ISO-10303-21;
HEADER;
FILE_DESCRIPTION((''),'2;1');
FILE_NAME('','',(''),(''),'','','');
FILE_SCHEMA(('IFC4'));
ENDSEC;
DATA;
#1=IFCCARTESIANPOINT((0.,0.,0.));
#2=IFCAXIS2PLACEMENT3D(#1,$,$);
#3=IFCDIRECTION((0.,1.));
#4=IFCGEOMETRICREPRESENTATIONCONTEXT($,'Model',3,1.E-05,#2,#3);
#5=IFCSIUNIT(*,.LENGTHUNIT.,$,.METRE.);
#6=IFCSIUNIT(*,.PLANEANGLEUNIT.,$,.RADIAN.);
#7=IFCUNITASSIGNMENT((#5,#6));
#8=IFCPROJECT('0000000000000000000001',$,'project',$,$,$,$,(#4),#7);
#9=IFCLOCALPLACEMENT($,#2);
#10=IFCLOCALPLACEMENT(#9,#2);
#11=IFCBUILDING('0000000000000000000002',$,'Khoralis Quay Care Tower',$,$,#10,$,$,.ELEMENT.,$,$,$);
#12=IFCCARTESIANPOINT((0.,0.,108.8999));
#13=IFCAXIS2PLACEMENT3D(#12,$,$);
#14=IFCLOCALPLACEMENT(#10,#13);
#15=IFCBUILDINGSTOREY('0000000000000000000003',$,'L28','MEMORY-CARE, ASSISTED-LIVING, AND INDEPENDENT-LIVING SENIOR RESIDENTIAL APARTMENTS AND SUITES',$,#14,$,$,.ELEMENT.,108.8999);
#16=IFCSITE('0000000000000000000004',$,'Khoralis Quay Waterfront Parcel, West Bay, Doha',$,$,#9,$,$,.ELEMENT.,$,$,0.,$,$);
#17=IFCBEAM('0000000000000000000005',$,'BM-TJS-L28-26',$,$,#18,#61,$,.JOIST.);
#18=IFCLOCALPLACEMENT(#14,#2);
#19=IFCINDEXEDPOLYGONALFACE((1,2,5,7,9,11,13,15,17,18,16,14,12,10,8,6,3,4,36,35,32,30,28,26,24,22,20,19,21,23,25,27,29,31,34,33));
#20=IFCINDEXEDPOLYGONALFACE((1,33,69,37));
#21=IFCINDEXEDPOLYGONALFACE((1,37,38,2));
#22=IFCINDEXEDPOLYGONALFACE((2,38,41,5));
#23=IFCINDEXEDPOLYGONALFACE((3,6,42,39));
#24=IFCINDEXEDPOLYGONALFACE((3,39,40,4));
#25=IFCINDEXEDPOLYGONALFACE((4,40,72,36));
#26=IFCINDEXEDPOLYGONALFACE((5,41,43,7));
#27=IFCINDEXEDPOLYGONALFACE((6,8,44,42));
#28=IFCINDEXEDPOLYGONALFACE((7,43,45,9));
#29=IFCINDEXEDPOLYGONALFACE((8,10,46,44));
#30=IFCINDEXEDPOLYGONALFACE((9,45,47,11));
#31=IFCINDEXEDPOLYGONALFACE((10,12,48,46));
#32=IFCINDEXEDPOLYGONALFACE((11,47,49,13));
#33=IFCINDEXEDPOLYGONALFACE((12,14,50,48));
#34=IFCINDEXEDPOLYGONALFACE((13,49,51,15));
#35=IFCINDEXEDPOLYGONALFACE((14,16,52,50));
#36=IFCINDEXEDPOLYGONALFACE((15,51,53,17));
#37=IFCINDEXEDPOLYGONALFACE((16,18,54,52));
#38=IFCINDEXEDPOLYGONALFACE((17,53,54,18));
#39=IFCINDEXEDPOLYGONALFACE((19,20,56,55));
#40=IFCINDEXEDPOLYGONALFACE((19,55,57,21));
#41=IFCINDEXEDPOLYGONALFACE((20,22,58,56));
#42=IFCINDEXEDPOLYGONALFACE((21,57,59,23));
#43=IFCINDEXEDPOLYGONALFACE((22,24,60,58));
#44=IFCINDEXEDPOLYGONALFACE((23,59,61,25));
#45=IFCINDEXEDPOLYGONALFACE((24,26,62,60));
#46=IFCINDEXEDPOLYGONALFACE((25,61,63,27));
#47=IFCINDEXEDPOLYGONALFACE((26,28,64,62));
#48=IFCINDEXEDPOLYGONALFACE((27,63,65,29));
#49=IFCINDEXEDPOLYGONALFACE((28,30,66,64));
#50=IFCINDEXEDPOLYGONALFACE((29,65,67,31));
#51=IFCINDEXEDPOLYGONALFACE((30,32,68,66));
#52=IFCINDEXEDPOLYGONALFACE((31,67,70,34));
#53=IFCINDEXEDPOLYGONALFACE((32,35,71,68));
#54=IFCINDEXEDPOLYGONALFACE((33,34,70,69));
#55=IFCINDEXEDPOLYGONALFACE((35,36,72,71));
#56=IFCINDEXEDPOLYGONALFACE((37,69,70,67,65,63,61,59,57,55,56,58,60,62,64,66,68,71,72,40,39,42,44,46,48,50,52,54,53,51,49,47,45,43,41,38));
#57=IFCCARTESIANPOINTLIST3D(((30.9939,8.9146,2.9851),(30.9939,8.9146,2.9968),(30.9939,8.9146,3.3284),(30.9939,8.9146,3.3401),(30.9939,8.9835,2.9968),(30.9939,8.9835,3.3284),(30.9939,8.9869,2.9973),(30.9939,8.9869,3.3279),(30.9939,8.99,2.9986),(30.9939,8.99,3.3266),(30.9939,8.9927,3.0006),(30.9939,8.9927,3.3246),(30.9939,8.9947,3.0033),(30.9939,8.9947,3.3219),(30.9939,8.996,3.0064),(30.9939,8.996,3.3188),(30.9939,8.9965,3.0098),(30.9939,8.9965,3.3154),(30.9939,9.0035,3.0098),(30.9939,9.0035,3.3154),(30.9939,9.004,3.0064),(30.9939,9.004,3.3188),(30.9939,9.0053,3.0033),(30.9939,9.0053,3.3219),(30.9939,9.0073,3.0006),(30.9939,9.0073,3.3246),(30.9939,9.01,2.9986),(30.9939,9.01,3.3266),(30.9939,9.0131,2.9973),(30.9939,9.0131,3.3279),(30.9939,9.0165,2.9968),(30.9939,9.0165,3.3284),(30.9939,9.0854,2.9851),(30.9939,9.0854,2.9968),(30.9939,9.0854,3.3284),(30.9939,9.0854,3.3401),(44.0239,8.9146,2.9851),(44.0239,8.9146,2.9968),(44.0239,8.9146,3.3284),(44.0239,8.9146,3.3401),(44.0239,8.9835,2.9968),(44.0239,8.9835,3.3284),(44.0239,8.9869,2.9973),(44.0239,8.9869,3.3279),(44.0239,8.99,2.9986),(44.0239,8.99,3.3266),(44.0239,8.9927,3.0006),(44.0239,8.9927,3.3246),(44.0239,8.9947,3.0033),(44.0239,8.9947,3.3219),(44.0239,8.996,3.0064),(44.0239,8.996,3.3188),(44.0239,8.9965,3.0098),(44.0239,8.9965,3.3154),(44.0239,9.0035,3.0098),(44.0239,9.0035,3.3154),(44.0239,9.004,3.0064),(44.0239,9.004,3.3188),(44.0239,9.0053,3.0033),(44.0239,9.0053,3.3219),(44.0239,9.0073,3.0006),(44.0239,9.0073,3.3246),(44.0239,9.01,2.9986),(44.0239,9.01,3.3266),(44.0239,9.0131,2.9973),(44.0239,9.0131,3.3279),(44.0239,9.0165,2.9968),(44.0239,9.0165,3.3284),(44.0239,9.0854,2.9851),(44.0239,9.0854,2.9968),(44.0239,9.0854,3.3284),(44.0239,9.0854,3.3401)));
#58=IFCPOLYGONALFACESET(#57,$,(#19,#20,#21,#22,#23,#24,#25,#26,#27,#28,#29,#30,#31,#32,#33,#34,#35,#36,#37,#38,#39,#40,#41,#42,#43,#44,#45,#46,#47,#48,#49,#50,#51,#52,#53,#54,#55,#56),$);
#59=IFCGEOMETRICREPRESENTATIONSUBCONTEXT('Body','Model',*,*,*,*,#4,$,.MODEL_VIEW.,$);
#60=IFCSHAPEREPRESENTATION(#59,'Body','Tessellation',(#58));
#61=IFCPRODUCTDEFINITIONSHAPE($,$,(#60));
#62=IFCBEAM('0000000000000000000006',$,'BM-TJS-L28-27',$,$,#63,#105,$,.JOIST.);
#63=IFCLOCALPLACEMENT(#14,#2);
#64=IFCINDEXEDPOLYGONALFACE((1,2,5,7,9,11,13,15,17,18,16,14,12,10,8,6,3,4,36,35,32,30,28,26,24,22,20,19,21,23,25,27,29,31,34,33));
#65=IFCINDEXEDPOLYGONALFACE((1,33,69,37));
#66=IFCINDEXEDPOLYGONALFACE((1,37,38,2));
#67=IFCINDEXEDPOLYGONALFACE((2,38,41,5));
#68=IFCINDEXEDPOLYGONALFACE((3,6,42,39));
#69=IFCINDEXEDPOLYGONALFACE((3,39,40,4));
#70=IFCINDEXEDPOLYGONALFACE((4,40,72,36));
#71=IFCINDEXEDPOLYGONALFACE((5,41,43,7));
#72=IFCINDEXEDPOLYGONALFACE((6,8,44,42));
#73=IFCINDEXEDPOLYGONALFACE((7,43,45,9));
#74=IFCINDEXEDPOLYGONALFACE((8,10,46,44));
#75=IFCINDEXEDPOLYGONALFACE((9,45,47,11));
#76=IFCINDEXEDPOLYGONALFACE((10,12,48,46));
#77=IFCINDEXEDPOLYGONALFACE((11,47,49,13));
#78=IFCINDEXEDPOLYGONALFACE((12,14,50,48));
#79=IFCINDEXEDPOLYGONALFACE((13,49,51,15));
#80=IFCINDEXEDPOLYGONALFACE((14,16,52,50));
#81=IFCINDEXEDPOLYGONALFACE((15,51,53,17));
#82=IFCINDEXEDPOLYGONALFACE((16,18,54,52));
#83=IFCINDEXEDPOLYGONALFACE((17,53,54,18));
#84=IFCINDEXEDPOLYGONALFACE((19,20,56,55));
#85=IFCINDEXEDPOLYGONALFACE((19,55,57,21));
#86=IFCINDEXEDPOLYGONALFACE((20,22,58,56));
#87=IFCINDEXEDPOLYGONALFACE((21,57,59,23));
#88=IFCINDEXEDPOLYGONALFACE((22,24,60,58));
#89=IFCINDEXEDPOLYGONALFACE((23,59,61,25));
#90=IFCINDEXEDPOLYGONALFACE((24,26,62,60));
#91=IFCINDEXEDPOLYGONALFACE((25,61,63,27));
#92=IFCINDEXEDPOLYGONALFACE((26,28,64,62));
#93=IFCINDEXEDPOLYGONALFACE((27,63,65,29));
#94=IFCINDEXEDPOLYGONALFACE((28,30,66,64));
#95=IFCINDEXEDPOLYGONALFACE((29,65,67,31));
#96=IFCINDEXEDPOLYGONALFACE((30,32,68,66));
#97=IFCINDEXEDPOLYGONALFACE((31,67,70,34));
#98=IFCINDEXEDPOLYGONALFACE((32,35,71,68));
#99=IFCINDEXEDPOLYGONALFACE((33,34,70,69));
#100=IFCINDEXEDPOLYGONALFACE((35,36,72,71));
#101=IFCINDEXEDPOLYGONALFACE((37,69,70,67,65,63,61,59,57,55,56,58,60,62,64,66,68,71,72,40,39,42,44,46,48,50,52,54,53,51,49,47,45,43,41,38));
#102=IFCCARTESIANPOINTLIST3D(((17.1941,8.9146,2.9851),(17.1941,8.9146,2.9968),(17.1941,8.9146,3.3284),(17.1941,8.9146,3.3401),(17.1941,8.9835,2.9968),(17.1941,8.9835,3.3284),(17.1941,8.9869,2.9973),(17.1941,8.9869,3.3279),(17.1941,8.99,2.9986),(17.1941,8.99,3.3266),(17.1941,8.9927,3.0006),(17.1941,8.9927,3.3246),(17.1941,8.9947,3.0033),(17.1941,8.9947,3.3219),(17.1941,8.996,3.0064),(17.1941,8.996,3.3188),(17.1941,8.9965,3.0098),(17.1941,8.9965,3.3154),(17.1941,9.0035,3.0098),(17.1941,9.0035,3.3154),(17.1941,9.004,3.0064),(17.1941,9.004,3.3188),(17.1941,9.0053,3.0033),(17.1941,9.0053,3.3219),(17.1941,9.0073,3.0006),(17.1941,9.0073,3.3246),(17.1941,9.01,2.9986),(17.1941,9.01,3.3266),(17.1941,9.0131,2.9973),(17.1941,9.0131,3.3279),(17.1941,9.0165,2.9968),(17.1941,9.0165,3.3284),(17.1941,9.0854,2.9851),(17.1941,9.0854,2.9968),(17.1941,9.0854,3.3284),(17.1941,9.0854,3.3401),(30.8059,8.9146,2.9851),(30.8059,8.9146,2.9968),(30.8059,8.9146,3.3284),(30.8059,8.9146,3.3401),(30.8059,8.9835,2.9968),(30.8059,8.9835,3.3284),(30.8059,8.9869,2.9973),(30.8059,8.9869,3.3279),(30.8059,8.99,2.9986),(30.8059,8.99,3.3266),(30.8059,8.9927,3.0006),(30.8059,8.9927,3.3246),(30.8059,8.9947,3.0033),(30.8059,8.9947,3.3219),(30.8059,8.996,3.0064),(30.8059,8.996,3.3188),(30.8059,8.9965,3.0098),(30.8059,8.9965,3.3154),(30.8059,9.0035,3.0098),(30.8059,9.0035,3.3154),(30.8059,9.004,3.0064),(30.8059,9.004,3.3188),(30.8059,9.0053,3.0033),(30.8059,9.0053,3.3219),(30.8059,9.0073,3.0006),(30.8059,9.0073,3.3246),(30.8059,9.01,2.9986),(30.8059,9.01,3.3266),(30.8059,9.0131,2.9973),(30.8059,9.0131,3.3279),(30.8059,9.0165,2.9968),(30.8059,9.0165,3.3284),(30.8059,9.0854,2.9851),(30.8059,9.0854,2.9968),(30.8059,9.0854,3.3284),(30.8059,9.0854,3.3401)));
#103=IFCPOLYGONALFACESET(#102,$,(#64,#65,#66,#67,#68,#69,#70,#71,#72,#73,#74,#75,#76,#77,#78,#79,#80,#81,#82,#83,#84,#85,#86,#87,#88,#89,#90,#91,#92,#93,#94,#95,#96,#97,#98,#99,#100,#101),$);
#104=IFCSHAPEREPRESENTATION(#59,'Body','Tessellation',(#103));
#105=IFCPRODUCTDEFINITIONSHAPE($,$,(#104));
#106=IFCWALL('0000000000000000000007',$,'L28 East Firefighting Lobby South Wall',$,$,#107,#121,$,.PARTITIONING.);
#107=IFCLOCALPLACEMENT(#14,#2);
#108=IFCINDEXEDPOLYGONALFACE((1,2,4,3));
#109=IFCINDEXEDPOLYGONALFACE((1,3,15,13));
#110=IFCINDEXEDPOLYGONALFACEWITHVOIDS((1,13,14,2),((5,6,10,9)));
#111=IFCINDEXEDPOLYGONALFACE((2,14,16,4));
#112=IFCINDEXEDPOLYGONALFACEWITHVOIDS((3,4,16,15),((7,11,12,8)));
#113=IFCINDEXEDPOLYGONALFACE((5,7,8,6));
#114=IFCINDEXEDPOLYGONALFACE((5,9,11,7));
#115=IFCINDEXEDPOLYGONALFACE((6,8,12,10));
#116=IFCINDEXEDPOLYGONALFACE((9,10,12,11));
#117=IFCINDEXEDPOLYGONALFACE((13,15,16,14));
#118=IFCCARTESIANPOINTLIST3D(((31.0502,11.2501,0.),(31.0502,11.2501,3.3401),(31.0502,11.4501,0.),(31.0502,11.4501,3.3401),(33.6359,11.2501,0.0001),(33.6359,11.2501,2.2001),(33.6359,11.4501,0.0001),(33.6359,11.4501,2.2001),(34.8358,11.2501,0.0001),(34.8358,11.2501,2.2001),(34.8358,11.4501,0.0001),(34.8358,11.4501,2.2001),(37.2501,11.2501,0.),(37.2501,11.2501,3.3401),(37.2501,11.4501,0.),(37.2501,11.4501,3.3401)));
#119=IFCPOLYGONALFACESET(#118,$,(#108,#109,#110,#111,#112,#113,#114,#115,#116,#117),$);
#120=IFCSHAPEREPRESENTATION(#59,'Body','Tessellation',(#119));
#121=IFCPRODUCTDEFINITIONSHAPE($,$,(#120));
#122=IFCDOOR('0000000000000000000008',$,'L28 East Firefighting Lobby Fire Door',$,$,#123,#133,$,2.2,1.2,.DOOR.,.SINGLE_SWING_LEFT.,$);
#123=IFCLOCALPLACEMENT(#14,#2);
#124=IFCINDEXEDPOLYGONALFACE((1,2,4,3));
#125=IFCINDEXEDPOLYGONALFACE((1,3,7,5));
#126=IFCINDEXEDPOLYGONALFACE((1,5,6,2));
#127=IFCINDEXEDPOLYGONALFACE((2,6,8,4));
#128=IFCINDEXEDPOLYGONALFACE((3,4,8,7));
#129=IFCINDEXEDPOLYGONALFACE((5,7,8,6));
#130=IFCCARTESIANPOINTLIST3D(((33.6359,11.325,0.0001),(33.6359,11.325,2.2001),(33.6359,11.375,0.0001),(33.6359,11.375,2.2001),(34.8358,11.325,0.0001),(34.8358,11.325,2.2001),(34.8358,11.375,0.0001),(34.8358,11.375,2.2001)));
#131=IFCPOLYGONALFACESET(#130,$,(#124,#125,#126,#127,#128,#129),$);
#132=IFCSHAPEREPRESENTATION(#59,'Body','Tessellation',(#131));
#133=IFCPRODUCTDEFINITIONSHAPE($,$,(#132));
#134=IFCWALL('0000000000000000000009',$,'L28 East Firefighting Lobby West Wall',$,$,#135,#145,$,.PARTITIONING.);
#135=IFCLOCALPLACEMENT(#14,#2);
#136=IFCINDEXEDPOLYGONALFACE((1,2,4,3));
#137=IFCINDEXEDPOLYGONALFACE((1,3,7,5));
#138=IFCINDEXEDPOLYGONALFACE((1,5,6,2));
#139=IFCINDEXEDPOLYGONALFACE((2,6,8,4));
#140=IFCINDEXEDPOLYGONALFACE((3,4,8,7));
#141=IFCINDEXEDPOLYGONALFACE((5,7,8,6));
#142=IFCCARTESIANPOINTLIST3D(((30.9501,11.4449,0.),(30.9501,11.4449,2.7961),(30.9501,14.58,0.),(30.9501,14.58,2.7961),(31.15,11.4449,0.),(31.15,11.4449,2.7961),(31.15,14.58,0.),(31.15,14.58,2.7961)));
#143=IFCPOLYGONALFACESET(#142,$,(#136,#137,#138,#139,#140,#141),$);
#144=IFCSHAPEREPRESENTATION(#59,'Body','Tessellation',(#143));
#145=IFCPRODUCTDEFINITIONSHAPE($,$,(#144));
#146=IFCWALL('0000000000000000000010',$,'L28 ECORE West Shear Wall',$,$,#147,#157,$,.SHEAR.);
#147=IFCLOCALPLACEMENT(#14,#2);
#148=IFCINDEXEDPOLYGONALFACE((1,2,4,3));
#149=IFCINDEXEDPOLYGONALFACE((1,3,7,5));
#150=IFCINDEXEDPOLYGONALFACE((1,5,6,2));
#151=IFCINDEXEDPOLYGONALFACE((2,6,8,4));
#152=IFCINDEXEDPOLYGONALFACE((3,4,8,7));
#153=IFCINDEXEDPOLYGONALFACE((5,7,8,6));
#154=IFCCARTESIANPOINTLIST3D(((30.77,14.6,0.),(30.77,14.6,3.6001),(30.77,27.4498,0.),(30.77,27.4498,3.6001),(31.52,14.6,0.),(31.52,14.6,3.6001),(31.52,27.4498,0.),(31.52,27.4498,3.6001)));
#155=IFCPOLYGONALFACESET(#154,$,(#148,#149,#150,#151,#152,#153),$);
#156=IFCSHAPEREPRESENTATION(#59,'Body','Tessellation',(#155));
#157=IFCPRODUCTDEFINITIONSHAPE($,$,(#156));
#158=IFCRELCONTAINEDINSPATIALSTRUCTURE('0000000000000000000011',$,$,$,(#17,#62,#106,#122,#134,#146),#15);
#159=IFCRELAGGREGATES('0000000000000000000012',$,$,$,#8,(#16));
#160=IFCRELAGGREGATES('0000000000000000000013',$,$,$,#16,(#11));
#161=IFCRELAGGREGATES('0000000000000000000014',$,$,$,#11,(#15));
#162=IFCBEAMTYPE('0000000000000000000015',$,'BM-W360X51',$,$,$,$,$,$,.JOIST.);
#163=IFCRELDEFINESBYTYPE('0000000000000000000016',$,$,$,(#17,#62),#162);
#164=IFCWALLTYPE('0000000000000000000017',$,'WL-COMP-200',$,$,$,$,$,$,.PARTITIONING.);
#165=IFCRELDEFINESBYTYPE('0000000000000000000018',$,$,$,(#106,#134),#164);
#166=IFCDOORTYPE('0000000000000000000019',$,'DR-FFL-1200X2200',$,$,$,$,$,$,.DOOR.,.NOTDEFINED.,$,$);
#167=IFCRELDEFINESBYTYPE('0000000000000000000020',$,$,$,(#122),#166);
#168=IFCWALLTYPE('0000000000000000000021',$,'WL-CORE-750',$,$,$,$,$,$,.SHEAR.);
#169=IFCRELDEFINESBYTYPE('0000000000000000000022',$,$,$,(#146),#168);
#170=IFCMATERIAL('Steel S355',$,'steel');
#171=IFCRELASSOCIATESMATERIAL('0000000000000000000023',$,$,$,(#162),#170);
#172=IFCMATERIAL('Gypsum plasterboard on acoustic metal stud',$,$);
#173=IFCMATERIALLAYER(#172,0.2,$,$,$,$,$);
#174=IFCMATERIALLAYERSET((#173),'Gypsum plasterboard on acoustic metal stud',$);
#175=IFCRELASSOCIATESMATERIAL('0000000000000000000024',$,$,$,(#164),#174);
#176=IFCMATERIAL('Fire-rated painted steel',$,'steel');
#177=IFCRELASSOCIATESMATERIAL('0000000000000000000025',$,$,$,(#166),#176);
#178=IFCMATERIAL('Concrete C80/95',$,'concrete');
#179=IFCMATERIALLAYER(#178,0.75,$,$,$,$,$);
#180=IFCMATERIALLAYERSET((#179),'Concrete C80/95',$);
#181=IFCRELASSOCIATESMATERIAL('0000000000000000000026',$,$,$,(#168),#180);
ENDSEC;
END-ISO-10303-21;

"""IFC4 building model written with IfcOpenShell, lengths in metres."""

from ifc_helpers import new_model, si_unit, direction, frame, frame_2d, origin, origin_2d, place, context, subcontext, project, spatial, rectangle, i_section, extrude, source, transform, mapped, material, layer, layer_set, material_profile, profile_set, type_object, element, fill, save


model = new_model("IFC4")

# Units and contexts
model_context = context("Model", 3, precision=1e-05, world=origin(), true_north=direction((0.0, 1.0)))
body_context = subcontext(model_context, "Body", "Model", "MODEL_VIEW")
ifc_project = project(units=[si_unit("LENGTHUNIT", "METRE"), si_unit("PLANEANGLEUNIT", "RADIAN")], contexts=[model_context])

# Site, building, storey
site_placement = place(None, origin())
site = spatial("IfcSite", under=ifc_project, at=site_placement, Name="Khoralis Quay Waterfront Parcel, West Bay, Doha", CompositionType="ELEMENT", RefElevation=0.0)
building_placement = place(site_placement, origin())
building = spatial("IfcBuilding", under=site, at=building_placement, Name="Khoralis Quay Care Tower", CompositionType="ELEMENT")
storey_placement = place(building_placement, frame((0.0, 0.0, 108.8999)))
storey = spatial("IfcBuildingStorey", under=building, at=storey_placement, Name="L28", Description="MEMORY-CARE, ASSISTED-LIVING, AND INDEPENDENT-LIVING SENIOR RESIDENTIAL APARTMENTS AND SUITES", CompositionType="ELEMENT", Elevation=108.8999)

# Beams
ifc_material_1 = material(Name="Steel S355", Category="steel")
ifc_material_profile_1 = material_profile(ifc_material_1, i_section(OverallWidth=0.1709, OverallDepth=0.355, WebThickness=0.0071, FlangeThickness=0.0117, FilletRadius=0.0129, at=origin_2d()), Name="Steel S355")
ifc_profile_set_1 = profile_set([ifc_material_profile_1], Name="Steel S355")
beam_type_1 = type_object("IfcBeamType", Name="BM-W360X51", PredefinedType="JOIST", material=ifc_profile_set_1)
shared_shape_1 = source(origin(), body_context, "Body", "SweptSolid", [
    extrude(i_section(OverallWidth=0.1709, OverallDepth=0.355, WebThickness=0.0071, FlangeThickness=0.0117, FilletRadius=0.0129, at=origin_2d()), origin(), (0.0, 0.0, 1.0), 13.03),
])
beam_1_placement = place(storey_placement, frame((30.9939, 9.0, 3.1626), z_axis=(1.0, 0.0, 0.0), x_axis=(0.0, 1.0, 0.0)))
element("IfcBeam", 1, at=beam_1_placement, inside=storey, type_object=beam_type_1, Name="BM-TJS-L28-26", PredefinedType="JOIST", context=body_context, shape_type="MappedRepresentation", body=[
    mapped(shared_shape_1, transform((0.0, 0.0, 0.0), scale=1.0)),
])
shared_shape_2 = source(origin(), body_context, "Body", "SweptSolid", [
    extrude(i_section(OverallWidth=0.1709, OverallDepth=0.355, WebThickness=0.0071, FlangeThickness=0.0117, FilletRadius=0.0129, at=origin_2d()), origin(), (0.0, 0.0, 1.0), 13.6118),
])
beam_2_placement = place(storey_placement, frame((17.1941, 9.0, 3.1626), z_axis=(1.0, 0.0, 0.0), x_axis=(0.0, 1.0, 0.0)))
element("IfcBeam", 2, at=beam_2_placement, inside=storey, type_object=beam_type_1, Name="BM-TJS-L28-27", PredefinedType="JOIST", context=body_context, shape_type="MappedRepresentation", body=[
    mapped(shared_shape_2, transform((0.0, 0.0, 0.0), scale=1.0)),
])

# Wall, opening, door
ifc_material_2 = material(Name="Gypsum plasterboard on acoustic metal stud")
ifc_layer_1 = layer(ifc_material_2, 0.2)
ifc_layer_set_1 = layer_set([ifc_layer_1], Name="Gypsum plasterboard on acoustic metal stud")
wall_type_1 = type_object("IfcWallType", Name="WL-COMP-200", PredefinedType="PARTITIONING", material=ifc_layer_set_1)
wall_1_placement = place(storey_placement, frame((31.05, 11.3501, 0.0), z_axis=(0.0, 0.0, 1.0), x_axis=(1.0, 0.0, 0.0)))
wall_1 = element("IfcWall", 3, at=wall_1_placement, inside=storey, type_object=wall_type_1, Name="L28 East Firefighting Lobby South Wall", PredefinedType="PARTITIONING", context=body_context, shape_type="SweptSolid", body=[
    extrude(rectangle(XDim=6.2, YDim=0.2, at=frame_2d((3.1001, 0.0))), origin(), (0.0, 0.0, 1.0), 3.3401),
])
opening_1_placement = place(wall_1_placement, frame((2.5857, 0.0, 0.0)))
opening_1 = element("IfcOpeningElement", 4, at=opening_1_placement, cuts=wall_1, PredefinedType="OPENING", context=body_context, shape_type="SweptSolid", body=[
    extrude(rectangle(XDim=1.2, YDim=2.2, at=frame_2d((0.6001, 1.1001))), frame((0.0, 0.1099, 0.0), z_axis=(0.0, -1.0, 0.0), x_axis=(1.0, 0.0, 0.0)), (0.0, 0.0, 1.0), 0.22),
])
ifc_material_3 = material(Name="Fire-rated painted steel", Category="steel")
door_type_1 = type_object("IfcDoorType", Name="DR-FFL-1200X2200", OperationType="NOTDEFINED", PredefinedType="DOOR", material=ifc_material_3)
shared_shape_3 = source(origin(), body_context, "Body", "SweptSolid", [
    extrude(rectangle(XDim=1.2, YDim=2.2, at=frame_2d((0.6001, 1.1001))), frame((0.0, 0.0249, 0.0), z_axis=(0.0, -1.0, 0.0), x_axis=(1.0, 0.0, 0.0)), (0.0, 0.0, 1.0), 0.05),
])
door_1_placement = place(opening_1_placement, origin())
door_1 = element("IfcDoor", 5, at=door_1_placement, inside=storey, type_object=door_type_1, Name="L28 East Firefighting Lobby Fire Door", OperationType="SINGLE_SWING_LEFT", OverallHeight=2.2, OverallWidth=1.2, PredefinedType="DOOR", context=body_context, shape_type="MappedRepresentation", body=[
    mapped(shared_shape_3, transform((0.0, 0.0, 0.0), scale=1.0)),
])
fill(opening_1, door_1)

# Walls
wall_2_placement = place(storey_placement, frame((31.05, 11.4451, 0.0), z_axis=(0.0, 0.0, 1.0), x_axis=(0.0, 1.0, 0.0)))
element("IfcWall", 6, at=wall_2_placement, inside=storey, type_object=wall_type_1, Name="L28 East Firefighting Lobby West Wall", PredefinedType="PARTITIONING", context=body_context, shape_type="SweptSolid", body=[
    extrude(rectangle(XDim=3.135, YDim=0.2, at=frame_2d((1.5674, 0.0))), origin(), (0.0, 0.0, 1.0), 2.7961),
])
ifc_material_4 = material(Name="Concrete C80/95", Category="concrete")
ifc_layer_2 = layer(ifc_material_4, 0.75)
ifc_layer_set_2 = layer_set([ifc_layer_2], Name="Concrete C80/95")
wall_type_2 = type_object("IfcWallType", Name="WL-CORE-750", PredefinedType="SHEAR", material=ifc_layer_set_2)
wall_3_placement = place(storey_placement, frame((31.145, 14.6001, 0.0), z_axis=(0.0, 0.0, 1.0), x_axis=(0.0, 1.0, 0.0)))
element("IfcWall", 7, at=wall_3_placement, inside=storey, type_object=wall_type_2, Name="L28 ECORE West Shear Wall", PredefinedType="SHEAR", context=body_context, shape_type="SweptSolid", body=[
    extrude(rectangle(XDim=12.8499, YDim=0.75, at=frame_2d((6.4248, 0.0))), origin(), (0.0, 0.0, 1.0), 3.6001),
])

save(model, "model.ifc")
